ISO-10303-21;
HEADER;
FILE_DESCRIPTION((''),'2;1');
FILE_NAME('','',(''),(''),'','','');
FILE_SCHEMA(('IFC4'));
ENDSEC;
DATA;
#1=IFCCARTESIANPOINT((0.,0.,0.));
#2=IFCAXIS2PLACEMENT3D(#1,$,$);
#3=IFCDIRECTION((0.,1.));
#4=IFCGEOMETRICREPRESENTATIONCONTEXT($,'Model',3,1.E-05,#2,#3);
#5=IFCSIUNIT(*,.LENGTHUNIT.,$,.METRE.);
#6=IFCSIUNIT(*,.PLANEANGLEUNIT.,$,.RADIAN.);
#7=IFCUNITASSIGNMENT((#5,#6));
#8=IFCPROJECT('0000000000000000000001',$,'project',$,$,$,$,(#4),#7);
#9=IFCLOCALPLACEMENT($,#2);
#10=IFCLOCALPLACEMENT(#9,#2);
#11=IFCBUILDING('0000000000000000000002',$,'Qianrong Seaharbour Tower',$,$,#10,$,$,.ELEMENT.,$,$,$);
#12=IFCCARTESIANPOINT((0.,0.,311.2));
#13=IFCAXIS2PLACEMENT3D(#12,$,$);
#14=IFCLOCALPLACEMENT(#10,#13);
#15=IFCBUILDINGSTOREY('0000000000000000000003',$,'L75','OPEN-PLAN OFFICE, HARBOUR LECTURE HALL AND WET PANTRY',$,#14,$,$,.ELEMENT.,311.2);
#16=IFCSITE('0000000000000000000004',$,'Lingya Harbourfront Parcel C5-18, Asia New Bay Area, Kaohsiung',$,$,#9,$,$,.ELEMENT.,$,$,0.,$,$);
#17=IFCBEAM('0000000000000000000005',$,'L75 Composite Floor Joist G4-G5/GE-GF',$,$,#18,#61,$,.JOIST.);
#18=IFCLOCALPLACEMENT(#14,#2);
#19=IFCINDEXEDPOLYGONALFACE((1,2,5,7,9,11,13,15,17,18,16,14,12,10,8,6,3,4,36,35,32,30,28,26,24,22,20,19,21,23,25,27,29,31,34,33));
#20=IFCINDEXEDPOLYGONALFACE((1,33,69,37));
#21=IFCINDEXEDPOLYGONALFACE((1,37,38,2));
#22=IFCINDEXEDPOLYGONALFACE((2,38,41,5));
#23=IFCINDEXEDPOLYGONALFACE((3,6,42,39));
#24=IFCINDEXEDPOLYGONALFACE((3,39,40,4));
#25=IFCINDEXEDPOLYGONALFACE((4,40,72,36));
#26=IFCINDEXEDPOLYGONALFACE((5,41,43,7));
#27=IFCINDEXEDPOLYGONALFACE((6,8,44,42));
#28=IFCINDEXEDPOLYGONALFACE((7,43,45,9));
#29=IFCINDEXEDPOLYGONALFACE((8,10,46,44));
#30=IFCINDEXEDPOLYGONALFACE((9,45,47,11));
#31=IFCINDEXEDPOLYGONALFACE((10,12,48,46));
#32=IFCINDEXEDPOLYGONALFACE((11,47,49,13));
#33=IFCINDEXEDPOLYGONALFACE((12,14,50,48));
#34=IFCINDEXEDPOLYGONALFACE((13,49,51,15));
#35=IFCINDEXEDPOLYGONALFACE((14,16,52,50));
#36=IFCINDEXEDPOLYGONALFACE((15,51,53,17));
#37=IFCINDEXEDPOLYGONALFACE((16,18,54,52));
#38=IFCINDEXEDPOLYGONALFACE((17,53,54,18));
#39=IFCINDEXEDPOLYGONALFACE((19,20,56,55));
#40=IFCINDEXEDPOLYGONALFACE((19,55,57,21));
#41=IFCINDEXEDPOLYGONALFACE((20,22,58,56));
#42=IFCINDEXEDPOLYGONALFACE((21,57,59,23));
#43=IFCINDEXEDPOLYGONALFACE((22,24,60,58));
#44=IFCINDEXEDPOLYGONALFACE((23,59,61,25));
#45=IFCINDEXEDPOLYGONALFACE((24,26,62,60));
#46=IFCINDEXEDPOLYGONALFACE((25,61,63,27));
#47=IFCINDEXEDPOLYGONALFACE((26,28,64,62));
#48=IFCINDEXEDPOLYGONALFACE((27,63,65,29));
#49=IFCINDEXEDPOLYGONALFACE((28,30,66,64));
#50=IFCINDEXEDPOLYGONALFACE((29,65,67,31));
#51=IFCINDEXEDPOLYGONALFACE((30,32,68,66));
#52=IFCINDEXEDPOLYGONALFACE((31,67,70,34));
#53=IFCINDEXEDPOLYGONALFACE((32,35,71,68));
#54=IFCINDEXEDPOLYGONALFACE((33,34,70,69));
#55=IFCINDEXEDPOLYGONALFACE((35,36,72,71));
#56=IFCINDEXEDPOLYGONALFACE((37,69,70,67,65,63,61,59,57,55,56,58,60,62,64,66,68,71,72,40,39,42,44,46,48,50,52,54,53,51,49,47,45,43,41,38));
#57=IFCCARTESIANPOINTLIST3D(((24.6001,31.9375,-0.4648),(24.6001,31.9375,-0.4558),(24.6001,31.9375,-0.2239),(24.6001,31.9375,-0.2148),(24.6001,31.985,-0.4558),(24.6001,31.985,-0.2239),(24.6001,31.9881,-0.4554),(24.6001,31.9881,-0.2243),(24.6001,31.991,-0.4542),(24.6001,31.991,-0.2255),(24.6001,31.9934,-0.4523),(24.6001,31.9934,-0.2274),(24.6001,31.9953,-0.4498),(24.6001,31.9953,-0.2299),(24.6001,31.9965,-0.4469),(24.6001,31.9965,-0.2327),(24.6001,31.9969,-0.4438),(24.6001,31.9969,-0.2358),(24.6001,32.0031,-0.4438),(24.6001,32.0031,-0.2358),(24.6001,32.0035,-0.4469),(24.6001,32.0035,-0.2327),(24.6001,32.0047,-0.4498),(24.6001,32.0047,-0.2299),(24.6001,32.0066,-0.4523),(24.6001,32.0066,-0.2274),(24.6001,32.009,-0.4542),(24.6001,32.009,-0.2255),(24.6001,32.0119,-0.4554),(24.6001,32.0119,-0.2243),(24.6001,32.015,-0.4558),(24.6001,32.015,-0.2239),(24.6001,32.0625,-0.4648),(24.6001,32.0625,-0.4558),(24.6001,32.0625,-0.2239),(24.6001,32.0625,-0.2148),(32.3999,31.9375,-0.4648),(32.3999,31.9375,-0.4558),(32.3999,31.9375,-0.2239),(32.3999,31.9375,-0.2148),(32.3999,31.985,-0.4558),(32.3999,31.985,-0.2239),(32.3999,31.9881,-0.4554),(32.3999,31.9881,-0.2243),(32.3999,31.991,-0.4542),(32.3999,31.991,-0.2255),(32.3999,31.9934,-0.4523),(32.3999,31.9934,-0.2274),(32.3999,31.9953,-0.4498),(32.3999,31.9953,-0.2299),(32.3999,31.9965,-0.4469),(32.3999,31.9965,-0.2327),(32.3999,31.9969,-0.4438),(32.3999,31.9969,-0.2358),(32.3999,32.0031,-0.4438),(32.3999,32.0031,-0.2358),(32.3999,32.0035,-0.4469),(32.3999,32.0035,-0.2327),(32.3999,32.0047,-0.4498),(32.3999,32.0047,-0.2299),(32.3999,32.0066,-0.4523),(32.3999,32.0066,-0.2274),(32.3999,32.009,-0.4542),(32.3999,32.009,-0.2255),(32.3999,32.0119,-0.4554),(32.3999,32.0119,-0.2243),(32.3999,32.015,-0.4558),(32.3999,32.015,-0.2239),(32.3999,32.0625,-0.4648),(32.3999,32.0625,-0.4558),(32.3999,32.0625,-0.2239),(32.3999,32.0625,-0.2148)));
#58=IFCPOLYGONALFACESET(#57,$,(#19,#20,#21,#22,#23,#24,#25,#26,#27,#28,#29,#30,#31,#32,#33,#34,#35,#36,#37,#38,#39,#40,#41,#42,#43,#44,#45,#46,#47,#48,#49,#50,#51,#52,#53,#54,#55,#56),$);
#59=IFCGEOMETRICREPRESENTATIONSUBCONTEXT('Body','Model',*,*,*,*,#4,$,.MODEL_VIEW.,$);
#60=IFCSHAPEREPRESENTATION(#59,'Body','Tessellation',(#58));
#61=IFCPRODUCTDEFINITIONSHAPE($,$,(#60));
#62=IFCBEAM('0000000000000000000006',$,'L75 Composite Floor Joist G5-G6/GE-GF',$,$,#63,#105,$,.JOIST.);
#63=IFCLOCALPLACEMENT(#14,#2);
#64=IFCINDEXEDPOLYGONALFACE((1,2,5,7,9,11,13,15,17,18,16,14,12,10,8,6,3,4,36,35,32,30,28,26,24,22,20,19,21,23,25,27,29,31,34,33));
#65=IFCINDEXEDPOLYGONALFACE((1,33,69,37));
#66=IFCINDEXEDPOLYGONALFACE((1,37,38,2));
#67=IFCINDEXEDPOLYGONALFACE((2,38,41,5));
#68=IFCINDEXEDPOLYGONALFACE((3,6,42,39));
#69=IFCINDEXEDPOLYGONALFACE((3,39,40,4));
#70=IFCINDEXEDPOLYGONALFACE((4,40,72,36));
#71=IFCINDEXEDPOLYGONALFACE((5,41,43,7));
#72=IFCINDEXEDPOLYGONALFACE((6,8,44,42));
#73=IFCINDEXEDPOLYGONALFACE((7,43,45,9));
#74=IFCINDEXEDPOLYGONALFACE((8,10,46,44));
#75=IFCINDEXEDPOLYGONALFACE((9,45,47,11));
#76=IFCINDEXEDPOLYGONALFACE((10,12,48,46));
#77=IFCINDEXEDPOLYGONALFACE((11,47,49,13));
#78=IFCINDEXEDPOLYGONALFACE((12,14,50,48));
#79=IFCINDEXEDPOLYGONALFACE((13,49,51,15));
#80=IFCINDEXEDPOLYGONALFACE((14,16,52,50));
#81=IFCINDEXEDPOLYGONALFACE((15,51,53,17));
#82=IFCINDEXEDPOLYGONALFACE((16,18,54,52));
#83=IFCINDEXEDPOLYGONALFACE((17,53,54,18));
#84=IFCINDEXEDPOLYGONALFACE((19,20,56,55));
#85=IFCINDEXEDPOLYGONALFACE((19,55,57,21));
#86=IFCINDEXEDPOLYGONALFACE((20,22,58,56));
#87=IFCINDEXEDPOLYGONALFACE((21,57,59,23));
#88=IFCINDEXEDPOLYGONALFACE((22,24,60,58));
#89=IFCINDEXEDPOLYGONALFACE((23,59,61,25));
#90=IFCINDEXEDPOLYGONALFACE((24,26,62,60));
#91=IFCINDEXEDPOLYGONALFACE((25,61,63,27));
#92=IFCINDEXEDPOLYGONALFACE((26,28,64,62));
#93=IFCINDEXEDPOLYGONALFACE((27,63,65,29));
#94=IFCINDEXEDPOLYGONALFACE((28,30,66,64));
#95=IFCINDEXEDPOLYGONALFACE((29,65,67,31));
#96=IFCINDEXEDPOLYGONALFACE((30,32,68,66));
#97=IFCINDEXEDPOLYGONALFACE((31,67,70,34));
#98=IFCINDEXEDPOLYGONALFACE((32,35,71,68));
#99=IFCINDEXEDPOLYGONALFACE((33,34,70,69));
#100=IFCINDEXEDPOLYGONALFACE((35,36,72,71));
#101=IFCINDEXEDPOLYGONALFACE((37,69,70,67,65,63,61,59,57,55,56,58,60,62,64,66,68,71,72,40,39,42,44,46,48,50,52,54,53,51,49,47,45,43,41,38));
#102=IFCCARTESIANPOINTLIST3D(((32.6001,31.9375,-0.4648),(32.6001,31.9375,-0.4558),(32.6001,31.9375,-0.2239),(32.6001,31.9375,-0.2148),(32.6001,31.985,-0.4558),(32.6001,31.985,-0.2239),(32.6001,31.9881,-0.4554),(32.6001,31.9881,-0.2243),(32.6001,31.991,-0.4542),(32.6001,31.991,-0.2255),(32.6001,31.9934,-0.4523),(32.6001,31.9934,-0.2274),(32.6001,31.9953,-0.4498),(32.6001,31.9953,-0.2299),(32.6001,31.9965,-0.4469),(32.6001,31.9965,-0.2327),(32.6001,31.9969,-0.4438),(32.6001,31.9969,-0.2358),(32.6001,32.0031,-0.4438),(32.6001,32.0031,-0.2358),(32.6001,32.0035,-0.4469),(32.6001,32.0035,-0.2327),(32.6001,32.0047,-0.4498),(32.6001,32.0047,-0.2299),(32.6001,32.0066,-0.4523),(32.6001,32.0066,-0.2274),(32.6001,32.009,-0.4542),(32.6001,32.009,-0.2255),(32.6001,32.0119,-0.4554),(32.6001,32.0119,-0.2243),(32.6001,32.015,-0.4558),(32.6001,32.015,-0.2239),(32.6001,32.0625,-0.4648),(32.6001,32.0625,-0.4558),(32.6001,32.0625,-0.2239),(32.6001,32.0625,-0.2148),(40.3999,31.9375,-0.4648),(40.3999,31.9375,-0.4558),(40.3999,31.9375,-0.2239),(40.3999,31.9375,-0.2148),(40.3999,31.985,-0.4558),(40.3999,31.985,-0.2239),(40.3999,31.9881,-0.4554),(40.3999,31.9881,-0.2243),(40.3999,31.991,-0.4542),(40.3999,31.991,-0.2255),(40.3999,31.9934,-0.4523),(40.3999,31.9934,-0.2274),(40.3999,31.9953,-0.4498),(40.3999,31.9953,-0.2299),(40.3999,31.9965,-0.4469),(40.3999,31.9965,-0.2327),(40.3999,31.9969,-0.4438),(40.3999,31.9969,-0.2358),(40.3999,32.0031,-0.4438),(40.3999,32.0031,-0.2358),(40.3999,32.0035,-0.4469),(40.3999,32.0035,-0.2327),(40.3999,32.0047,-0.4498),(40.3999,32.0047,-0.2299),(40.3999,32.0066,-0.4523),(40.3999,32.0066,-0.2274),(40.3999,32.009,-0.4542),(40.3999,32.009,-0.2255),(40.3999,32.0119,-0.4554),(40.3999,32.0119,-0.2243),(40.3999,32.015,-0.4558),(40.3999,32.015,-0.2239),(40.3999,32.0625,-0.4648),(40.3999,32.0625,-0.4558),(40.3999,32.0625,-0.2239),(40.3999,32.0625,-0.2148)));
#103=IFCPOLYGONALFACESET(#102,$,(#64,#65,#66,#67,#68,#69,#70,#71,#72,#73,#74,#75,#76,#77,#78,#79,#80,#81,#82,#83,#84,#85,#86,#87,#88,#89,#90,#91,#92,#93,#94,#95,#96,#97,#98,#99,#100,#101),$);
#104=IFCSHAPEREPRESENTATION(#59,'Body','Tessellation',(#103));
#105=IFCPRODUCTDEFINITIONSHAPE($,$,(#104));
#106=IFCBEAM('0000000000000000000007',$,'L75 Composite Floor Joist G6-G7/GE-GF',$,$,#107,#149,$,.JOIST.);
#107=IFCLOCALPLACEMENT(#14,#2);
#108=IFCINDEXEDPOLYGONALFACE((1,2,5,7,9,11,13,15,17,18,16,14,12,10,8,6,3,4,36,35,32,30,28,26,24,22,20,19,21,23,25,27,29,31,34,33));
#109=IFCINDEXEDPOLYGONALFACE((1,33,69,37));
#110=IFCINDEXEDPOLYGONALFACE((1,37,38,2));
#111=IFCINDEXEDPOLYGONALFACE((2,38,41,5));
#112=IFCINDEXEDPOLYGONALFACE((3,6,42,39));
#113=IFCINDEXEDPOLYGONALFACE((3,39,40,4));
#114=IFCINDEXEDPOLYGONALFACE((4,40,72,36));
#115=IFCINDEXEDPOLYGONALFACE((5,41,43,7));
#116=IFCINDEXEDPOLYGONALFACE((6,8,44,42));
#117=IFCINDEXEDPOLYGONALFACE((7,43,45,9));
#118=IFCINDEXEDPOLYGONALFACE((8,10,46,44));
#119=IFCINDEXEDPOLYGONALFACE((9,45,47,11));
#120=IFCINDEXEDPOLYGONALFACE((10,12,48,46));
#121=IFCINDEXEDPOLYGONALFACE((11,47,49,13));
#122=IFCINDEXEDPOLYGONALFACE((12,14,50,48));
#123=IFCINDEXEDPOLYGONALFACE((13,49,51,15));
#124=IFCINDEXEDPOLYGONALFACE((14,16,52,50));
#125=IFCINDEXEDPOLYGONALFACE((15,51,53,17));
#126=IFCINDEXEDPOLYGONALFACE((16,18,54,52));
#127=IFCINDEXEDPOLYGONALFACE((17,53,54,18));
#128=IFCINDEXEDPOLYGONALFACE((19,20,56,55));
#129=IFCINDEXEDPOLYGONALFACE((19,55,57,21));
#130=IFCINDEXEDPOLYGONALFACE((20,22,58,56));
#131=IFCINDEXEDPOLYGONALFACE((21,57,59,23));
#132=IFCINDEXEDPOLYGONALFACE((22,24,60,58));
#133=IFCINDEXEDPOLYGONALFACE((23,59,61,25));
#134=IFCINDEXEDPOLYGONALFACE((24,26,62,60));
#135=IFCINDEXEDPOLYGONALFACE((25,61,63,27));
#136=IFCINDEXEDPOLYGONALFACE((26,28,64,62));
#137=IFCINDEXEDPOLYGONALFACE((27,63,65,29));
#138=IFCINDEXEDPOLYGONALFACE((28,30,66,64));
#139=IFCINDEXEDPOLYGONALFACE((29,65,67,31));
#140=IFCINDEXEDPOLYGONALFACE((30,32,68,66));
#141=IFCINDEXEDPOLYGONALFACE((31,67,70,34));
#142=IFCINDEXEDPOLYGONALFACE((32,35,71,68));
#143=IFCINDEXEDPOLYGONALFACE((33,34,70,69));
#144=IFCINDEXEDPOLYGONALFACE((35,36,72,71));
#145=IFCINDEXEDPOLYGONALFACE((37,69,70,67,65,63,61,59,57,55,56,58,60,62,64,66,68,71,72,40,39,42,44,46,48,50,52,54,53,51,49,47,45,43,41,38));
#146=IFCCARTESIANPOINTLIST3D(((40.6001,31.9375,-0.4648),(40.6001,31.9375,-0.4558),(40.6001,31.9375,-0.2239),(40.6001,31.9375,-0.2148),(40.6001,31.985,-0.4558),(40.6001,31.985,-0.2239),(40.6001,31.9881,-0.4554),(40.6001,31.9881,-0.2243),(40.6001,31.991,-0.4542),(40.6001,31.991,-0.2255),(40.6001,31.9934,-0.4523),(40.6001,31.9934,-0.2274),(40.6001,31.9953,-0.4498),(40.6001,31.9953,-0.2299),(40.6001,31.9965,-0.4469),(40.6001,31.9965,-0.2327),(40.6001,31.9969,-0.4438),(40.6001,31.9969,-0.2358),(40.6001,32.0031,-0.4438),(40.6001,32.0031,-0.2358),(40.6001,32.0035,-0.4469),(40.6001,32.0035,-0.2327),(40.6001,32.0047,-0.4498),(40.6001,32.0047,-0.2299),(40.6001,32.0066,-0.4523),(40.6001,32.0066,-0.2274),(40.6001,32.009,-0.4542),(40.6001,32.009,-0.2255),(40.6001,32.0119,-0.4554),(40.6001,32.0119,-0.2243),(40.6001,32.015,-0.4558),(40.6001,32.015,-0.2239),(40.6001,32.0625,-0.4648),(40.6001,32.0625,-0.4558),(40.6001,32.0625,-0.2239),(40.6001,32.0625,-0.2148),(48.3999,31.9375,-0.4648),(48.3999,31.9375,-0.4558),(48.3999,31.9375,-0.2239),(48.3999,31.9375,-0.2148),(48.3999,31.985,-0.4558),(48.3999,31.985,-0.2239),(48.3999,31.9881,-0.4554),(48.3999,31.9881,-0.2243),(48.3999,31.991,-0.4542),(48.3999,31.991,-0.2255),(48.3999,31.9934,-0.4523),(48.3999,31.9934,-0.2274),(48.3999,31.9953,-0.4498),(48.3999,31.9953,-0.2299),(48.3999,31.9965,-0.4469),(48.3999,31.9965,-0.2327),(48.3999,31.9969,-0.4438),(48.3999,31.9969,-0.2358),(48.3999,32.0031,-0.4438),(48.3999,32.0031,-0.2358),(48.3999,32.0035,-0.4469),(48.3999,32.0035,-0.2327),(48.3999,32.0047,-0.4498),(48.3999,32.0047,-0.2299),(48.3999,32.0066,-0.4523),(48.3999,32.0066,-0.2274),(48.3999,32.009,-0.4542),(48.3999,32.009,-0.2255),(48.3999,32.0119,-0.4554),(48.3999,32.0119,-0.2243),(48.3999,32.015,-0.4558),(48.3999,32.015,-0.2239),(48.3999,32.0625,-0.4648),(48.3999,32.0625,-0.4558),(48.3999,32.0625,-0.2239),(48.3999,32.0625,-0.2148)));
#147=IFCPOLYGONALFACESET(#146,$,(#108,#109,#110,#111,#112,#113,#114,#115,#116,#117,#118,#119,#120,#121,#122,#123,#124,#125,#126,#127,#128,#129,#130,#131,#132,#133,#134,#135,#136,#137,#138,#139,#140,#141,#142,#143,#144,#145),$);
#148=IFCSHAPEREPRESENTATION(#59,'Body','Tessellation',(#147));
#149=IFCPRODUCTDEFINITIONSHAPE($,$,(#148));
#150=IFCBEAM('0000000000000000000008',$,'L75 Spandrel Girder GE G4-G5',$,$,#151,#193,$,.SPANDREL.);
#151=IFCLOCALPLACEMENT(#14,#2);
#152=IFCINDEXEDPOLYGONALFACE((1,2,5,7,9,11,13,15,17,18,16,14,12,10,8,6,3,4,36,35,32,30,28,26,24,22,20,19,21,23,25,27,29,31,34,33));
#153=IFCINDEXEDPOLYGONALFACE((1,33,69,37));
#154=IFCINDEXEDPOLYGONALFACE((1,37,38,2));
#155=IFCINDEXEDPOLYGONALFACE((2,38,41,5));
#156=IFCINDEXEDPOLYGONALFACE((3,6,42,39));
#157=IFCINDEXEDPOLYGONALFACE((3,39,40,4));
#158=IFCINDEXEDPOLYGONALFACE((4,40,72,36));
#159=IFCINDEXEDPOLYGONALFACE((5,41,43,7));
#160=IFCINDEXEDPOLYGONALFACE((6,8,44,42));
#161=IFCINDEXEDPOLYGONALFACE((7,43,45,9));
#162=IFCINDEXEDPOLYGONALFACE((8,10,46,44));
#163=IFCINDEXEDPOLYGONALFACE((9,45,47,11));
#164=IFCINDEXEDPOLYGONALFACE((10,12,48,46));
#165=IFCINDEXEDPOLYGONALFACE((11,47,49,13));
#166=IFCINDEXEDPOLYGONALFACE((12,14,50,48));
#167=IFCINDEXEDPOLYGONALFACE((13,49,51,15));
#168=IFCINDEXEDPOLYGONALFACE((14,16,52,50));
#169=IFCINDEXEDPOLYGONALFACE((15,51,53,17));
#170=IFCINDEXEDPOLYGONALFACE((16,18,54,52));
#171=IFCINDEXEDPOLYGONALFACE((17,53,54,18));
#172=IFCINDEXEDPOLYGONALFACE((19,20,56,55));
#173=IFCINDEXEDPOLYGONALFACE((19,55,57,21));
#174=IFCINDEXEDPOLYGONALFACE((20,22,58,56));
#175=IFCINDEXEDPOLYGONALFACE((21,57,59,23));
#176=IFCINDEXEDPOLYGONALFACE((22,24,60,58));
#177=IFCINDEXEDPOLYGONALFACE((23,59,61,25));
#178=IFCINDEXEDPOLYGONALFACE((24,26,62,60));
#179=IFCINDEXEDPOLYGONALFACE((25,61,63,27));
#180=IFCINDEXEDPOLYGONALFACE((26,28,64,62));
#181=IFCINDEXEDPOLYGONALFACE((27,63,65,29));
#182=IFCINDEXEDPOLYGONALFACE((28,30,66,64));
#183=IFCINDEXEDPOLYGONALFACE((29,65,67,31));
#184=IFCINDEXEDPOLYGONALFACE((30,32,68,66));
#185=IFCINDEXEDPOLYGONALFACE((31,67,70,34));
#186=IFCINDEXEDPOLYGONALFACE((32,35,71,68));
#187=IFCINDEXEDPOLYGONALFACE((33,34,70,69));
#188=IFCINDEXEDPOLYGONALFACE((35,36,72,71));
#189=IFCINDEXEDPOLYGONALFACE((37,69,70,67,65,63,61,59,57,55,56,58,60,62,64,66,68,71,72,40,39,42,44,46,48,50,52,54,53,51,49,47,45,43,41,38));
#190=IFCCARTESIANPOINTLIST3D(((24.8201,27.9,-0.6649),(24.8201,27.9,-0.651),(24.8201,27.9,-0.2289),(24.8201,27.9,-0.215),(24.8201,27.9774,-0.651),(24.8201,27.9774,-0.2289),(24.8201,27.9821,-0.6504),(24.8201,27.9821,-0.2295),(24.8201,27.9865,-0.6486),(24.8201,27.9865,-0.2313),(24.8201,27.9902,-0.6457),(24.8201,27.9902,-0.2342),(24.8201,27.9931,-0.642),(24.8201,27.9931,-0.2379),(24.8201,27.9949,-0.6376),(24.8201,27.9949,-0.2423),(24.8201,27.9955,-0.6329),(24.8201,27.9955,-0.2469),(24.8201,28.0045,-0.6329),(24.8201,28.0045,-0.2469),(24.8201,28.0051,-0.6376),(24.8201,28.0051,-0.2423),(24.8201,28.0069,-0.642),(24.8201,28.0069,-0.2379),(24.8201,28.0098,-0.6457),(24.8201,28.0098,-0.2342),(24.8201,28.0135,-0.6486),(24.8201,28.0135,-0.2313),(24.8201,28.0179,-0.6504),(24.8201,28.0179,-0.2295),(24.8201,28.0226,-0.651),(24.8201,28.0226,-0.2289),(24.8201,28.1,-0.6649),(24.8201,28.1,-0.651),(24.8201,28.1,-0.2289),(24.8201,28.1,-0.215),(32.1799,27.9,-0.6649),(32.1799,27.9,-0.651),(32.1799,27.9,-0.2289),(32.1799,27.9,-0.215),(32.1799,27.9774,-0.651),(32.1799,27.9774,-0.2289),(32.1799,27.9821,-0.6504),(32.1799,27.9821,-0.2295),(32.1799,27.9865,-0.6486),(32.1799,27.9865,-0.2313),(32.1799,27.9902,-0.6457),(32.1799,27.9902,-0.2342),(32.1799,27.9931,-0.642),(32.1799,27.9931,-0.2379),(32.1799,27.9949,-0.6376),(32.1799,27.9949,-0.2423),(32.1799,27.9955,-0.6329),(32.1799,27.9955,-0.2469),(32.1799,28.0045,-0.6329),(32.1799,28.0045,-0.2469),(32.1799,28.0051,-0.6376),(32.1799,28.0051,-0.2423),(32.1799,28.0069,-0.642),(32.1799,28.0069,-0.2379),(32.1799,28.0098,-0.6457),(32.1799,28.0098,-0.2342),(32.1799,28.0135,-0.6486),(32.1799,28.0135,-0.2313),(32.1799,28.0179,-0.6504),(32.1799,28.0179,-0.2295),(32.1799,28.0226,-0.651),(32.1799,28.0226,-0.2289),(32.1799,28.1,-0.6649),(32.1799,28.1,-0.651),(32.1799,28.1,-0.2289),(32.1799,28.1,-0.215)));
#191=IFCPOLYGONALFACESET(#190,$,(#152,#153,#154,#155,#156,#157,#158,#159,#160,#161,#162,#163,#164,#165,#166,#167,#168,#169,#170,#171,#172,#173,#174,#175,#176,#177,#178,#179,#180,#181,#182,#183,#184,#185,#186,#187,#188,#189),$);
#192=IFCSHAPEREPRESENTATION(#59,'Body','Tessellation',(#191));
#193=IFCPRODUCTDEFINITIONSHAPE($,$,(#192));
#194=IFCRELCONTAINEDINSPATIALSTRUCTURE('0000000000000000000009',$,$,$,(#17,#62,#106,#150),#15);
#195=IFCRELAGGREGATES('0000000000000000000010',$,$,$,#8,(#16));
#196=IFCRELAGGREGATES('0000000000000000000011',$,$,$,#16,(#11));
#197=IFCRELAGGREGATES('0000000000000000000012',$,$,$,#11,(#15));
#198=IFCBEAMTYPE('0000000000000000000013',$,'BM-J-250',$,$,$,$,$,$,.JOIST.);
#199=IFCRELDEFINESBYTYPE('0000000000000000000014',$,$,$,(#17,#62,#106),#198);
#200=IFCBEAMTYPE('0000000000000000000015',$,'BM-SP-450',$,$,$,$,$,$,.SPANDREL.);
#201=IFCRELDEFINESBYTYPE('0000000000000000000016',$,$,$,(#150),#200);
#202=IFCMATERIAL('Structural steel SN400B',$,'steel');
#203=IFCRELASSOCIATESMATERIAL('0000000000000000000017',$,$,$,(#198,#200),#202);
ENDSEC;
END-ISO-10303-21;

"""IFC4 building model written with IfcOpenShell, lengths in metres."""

from ifc_helpers import new_model, si_unit, direction, frame, origin, origin_2d, place, context, subcontext, project, spatial, i_section, extrude, material, material_profile, profile_set, type_object, element, save


model = new_model("IFC4")

# Units and contexts
model_context = context("Model", 3, precision=1e-05, world=origin(), true_north=direction((0.0, 1.0)))
body_context = subcontext(model_context, "Body", "Model", "MODEL_VIEW")
ifc_project = project(units=[si_unit("LENGTHUNIT", "METRE"), si_unit("PLANEANGLEUNIT", "RADIAN")], contexts=[model_context])

# Site, building, storey
site_placement = place(None, origin())
site = spatial("IfcSite", under=ifc_project, at=site_placement, Name="Lingya Harbourfront Parcel C5-18, Asia New Bay Area, Kaohsiung", CompositionType="ELEMENT", RefElevation=0.0)
building_placement = place(site_placement, origin())
building = spatial("IfcBuilding", under=site, at=building_placement, Name="Qianrong Seaharbour Tower", CompositionType="ELEMENT")
storey_placement = place(building_placement, frame((0.0, 0.0, 311.2)))
storey = spatial("IfcBuildingStorey", under=building, at=storey_placement, Name="L75", Description="OPEN-PLAN OFFICE, HARBOUR LECTURE HALL AND WET PANTRY", CompositionType="ELEMENT", Elevation=311.2)

# Shared definitions
ifc_material_1 = material(Name="Structural steel SN400B", Category="steel")

# Beams
ifc_material_profile_1 = material_profile(ifc_material_1, i_section(OverallWidth=0.125, OverallDepth=0.25, WebThickness=0.0061, FlangeThickness=0.009, FilletRadius=0.012, at=origin_2d()), Name="H250x125x6x9")
ifc_profile_set_1 = profile_set([ifc_material_profile_1], Name="Structural steel SN400B")
beam_type_1 = type_object("IfcBeamType", Name="BM-J-250", PredefinedType="JOIST", material=ifc_profile_set_1)
for number, where, z_axis, x_axis, name in (
    (1, (24.6001, 32.0, -0.3398), (1.0, 0.0, 0.0), (0.0, 1.0, 0.0), "L75 Composite Floor Joist G4-G5/GE-GF"),
    (2, (32.6001, 32.0, -0.3398), (1.0, 0.0, 0.0), (0.0, 1.0, 0.0), "L75 Composite Floor Joist G5-G6/GE-GF"),
    (3, (40.6001, 32.0, -0.3398), (1.0, 0.0, 0.0), (0.0, 1.0, 0.0), "L75 Composite Floor Joist G6-G7/GE-GF"),
):
    element("IfcBeam", number, at=place(storey_placement, frame(where, z_axis=z_axis, x_axis=x_axis)), inside=storey, type_object=beam_type_1, Name=name, PredefinedType="JOIST", context=body_context, shape_type="SweptSolid", body=[
        extrude(i_section(OverallWidth=0.125, OverallDepth=0.25, WebThickness=0.0061, FlangeThickness=0.009, FilletRadius=0.012, at=origin_2d()), origin(), (0.0, 0.0, 1.0), 7.7998),
    ])
ifc_material_profile_2 = material_profile(ifc_material_1, i_section(OverallWidth=0.2, OverallDepth=0.45, WebThickness=0.009, FlangeThickness=0.0139, FilletRadius=0.0181, at=origin_2d()), Name="H450x200x9x14")
ifc_profile_set_2 = profile_set([ifc_material_profile_2], Name="Structural steel SN400B")
beam_type_2 = type_object("IfcBeamType", Name="BM-SP-450", PredefinedType="SPANDREL", material=ifc_profile_set_2)
for number, where, z_axis, x_axis, name in (
    (4, (24.8201, 28.0, -0.4399), (1.0, 0.0, 0.0), (0.0, 1.0, 0.0), "L75 Spandrel Girder GE G4-G5"),
):
    element("IfcBeam", number, at=place(storey_placement, frame(where, z_axis=z_axis, x_axis=x_axis)), inside=storey, type_object=beam_type_2, Name=name, PredefinedType="SPANDREL", context=body_context, shape_type="SweptSolid", body=[
        extrude(i_section(OverallWidth=0.2, OverallDepth=0.45, WebThickness=0.009, FlangeThickness=0.0139, FilletRadius=0.0181, at=origin_2d()), origin(), (0.0, 0.0, 1.0), 7.3599),
    ])

save(model, "model.ifc")
